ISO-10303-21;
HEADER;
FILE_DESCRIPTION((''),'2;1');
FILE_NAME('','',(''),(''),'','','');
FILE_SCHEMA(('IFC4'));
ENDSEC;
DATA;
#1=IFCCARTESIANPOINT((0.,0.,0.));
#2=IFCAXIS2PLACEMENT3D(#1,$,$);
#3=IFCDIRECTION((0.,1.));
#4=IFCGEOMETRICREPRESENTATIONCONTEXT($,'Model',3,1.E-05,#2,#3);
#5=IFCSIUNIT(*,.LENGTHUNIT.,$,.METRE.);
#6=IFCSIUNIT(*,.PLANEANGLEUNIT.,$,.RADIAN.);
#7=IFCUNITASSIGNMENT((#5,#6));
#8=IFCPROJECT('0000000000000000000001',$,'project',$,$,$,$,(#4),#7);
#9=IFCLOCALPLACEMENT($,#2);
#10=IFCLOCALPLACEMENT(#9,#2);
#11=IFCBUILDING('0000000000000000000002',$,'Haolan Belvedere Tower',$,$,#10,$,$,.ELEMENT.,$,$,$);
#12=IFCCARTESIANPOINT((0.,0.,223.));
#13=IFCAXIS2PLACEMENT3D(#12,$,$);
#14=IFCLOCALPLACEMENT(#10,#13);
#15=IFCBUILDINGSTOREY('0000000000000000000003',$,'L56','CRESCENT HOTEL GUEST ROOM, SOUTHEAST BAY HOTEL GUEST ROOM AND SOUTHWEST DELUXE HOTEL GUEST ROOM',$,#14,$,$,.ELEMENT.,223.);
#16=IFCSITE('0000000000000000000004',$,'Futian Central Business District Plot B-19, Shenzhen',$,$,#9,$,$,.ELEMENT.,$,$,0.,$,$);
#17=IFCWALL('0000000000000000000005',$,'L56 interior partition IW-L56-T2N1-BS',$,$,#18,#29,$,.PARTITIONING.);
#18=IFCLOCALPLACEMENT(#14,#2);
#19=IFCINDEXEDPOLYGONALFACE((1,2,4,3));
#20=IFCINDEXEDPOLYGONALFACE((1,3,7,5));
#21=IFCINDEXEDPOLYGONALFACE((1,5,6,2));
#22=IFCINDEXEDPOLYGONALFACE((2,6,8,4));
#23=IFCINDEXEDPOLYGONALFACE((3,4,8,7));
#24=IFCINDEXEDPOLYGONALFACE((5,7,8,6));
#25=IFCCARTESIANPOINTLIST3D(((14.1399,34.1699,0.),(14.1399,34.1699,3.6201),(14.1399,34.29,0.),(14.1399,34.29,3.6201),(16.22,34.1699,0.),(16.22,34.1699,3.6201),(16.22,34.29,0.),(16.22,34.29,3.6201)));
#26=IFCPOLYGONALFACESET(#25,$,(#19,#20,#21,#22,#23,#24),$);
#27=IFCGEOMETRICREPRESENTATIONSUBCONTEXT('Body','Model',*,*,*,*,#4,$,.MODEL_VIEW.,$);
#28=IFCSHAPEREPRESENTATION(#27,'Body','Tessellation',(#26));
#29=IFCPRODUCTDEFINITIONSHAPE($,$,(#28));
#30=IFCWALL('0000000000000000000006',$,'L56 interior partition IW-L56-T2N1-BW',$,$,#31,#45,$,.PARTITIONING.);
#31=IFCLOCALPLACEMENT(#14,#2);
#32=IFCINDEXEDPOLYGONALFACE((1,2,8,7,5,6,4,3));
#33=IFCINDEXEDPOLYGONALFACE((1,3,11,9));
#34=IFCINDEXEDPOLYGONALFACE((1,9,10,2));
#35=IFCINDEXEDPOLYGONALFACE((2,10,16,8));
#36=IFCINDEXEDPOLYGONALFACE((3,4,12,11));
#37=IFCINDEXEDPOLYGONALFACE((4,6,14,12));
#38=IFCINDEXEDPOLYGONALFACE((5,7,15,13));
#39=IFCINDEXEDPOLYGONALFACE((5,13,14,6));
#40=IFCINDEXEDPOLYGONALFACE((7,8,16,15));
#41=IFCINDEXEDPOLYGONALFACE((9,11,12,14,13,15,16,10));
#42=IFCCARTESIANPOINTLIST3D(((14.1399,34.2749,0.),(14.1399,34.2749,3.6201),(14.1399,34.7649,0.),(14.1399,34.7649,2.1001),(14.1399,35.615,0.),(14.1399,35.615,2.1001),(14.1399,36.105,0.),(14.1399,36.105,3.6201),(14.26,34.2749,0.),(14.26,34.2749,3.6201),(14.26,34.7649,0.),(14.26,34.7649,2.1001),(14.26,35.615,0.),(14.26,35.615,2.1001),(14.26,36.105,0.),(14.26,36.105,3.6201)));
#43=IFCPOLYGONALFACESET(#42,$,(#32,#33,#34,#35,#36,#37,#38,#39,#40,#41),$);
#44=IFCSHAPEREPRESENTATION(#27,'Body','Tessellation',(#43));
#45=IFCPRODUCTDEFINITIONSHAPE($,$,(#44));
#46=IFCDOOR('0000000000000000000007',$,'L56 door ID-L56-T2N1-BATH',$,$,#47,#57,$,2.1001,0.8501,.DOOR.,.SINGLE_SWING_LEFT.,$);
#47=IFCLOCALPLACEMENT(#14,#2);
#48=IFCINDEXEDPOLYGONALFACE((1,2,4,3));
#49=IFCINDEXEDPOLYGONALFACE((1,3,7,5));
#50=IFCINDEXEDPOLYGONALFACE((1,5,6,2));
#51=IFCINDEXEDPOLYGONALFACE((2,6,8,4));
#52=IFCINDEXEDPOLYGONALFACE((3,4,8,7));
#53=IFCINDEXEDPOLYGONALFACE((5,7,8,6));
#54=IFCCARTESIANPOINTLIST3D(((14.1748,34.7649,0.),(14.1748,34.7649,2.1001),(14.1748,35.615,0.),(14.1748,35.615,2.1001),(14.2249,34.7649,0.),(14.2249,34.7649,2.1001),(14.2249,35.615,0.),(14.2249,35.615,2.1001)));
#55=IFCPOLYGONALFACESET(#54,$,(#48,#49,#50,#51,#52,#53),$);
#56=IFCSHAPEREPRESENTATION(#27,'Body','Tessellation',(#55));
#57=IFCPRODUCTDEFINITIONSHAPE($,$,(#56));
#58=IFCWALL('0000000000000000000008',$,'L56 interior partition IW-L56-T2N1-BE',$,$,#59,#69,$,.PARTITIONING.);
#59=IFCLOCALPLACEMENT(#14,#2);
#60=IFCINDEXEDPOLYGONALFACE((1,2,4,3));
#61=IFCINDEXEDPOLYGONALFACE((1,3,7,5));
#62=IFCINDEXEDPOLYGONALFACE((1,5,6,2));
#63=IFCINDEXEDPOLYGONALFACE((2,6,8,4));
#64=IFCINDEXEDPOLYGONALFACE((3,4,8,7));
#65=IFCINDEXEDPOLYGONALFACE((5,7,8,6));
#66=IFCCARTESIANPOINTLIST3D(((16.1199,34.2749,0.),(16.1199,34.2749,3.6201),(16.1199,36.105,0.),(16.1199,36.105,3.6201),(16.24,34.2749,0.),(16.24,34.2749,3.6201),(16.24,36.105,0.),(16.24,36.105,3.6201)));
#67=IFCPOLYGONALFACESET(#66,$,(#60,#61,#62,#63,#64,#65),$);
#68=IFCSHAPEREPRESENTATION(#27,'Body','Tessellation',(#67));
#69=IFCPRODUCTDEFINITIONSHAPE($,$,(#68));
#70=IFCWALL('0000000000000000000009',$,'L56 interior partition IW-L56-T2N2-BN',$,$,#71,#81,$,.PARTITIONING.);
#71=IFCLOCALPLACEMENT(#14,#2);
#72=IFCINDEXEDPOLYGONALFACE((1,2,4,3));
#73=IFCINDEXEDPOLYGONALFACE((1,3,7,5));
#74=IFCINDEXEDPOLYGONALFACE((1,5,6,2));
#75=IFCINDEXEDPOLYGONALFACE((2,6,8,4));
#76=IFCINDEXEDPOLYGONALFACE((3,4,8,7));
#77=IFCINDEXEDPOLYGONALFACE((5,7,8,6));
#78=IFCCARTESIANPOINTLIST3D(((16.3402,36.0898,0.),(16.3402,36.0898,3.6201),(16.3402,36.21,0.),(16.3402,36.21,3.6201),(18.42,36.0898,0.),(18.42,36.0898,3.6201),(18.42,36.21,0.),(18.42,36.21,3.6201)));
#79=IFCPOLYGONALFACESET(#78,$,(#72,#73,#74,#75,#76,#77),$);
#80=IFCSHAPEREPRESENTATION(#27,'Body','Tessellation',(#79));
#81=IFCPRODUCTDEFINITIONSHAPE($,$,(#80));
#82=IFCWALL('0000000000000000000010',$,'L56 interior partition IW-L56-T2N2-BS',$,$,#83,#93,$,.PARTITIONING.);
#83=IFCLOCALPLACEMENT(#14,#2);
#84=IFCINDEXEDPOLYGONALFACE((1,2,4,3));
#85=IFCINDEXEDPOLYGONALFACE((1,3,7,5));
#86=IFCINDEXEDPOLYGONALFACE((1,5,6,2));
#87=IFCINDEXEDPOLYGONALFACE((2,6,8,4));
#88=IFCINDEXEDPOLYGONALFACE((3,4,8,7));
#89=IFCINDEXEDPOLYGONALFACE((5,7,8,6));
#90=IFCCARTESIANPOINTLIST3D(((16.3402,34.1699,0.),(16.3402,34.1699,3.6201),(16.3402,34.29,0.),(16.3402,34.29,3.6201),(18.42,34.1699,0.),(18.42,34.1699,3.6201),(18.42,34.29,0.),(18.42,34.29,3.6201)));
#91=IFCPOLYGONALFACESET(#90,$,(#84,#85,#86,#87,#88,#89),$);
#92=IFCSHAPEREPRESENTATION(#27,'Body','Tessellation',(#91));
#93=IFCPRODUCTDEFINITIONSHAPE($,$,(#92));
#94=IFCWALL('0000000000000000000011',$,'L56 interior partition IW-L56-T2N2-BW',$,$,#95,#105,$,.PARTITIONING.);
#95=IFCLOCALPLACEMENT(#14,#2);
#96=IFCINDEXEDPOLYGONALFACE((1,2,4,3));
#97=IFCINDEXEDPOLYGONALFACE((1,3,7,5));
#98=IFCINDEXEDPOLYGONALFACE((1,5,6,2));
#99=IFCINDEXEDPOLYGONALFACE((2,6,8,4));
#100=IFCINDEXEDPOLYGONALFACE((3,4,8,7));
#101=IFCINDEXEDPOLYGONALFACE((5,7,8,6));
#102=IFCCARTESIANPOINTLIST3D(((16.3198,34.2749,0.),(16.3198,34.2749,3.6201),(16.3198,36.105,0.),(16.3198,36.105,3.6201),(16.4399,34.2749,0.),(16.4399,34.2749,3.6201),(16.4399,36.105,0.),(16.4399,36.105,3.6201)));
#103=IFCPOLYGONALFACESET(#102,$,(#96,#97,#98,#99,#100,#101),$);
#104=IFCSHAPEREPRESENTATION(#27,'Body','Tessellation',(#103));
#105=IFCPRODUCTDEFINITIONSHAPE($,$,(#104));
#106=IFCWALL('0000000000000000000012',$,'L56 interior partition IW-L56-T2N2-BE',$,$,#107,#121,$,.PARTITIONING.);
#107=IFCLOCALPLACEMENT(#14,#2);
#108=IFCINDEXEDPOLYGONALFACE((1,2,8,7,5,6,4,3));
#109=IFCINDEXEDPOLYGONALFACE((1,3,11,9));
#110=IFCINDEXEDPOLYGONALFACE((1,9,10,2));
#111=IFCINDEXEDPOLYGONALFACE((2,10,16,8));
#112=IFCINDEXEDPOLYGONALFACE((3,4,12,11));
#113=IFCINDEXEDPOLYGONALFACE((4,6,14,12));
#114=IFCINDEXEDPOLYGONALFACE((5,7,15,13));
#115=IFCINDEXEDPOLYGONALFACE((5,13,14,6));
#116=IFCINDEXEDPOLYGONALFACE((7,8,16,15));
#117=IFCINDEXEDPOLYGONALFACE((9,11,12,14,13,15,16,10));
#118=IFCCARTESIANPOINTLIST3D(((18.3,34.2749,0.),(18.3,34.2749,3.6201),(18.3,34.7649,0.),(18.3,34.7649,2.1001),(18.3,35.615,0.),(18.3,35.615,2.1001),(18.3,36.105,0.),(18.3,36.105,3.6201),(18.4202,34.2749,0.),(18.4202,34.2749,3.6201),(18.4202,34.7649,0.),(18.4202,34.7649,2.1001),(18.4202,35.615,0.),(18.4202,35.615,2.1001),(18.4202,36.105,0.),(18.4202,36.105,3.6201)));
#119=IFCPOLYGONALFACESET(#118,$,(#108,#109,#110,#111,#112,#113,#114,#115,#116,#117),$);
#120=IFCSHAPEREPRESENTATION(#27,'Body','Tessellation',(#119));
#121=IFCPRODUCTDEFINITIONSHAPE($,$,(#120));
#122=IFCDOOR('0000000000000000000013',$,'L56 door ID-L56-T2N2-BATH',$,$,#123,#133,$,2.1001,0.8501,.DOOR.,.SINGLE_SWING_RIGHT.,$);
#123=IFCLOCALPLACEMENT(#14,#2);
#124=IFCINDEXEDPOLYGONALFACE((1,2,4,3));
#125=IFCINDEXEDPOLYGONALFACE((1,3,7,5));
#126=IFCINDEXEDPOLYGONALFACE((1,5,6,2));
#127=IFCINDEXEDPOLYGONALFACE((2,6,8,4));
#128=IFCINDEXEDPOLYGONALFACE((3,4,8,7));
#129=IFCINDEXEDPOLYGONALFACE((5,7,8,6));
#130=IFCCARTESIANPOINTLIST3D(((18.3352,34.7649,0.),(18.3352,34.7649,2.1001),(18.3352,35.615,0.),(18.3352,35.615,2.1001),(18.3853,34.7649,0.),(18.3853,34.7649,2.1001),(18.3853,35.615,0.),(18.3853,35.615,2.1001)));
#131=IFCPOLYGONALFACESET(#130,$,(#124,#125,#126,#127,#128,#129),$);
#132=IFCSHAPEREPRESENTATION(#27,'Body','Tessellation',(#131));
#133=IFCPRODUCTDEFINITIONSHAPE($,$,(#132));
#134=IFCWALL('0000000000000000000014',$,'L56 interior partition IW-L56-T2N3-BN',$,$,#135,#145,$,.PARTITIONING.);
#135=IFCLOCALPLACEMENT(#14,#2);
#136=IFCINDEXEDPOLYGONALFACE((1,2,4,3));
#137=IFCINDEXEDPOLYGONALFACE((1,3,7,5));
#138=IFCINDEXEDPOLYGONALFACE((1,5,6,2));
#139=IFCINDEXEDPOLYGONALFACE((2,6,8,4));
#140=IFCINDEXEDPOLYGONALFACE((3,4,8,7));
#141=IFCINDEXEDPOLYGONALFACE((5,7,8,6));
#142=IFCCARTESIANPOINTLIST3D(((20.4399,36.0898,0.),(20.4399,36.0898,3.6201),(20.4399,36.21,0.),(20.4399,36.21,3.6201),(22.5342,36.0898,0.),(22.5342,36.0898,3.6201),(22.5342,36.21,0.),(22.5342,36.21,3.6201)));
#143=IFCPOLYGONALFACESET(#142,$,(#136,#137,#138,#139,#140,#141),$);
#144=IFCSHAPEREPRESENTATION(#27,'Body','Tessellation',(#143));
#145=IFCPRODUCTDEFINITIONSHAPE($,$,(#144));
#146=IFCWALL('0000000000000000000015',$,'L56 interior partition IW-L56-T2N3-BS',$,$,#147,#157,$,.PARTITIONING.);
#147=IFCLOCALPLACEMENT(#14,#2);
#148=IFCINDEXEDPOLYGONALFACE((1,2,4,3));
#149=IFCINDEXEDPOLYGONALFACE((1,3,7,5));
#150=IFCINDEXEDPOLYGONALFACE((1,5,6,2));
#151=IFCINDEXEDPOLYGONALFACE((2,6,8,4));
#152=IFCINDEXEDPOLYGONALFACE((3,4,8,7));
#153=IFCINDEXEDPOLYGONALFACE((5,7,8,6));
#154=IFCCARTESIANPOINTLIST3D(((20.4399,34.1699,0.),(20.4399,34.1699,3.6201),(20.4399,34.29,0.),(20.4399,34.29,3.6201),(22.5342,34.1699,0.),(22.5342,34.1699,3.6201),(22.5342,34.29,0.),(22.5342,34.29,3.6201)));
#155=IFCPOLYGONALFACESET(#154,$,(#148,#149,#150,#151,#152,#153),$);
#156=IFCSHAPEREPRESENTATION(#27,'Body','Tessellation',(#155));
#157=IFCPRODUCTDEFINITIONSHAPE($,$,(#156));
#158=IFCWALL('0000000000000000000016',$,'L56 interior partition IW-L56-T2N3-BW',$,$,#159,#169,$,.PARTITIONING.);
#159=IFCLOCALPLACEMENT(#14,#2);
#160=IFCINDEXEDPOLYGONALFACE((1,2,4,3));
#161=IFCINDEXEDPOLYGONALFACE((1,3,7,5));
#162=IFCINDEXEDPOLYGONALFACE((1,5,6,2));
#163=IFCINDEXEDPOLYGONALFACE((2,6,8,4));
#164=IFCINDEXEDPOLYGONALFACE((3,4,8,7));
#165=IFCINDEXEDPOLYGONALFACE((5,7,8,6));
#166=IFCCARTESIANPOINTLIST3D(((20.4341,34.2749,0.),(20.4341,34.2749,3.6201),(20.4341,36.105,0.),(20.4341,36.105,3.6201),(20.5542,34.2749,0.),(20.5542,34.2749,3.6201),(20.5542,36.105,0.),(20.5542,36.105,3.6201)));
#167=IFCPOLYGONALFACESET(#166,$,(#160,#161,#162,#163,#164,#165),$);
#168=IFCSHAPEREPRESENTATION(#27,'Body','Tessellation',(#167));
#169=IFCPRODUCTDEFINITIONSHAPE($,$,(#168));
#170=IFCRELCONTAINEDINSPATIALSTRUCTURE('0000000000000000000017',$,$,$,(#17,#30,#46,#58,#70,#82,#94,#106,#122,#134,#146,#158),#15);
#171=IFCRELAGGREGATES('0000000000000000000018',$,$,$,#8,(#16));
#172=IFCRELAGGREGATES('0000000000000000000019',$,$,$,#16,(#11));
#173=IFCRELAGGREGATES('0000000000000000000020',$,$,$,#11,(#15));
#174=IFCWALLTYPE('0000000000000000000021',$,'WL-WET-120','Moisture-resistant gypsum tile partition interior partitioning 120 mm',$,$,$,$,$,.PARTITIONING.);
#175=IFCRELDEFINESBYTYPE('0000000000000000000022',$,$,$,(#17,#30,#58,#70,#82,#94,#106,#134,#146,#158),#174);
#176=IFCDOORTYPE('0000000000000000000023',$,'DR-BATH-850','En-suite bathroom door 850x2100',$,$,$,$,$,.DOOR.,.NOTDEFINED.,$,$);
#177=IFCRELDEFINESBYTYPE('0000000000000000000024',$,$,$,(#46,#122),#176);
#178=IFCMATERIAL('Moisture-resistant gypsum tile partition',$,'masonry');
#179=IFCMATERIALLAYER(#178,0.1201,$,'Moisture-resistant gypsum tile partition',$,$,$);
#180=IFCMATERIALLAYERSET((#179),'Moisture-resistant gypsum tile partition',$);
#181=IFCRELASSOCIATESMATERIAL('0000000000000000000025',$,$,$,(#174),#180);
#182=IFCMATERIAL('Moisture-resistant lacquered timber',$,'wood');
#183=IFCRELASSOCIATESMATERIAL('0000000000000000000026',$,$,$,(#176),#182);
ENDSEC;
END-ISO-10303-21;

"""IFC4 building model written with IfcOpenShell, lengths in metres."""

from ifc_helpers import new_model, si_unit, direction, frame, frame_2d, origin, place, context, subcontext, project, spatial, rectangle, extrude, material, layer, layer_set, type_object, element, fill, save


model = new_model("IFC4")

# Units and contexts
model_context = context("Model", 3, precision=1e-05, world=origin(), true_north=direction((0.0, 1.0)))
body_context = subcontext(model_context, "Body", "Model", "MODEL_VIEW")
ifc_project = project(units=[si_unit("LENGTHUNIT", "METRE"), si_unit("PLANEANGLEUNIT", "RADIAN")], contexts=[model_context])

# Site, building, storey
site_placement = place(None, origin())
site = spatial("IfcSite", under=ifc_project, at=site_placement, Name="Futian Central Business District Plot B-19, Shenzhen", CompositionType="ELEMENT", RefElevation=0.0)
building_placement = place(site_placement, origin())
building = spatial("IfcBuilding", under=site, at=building_placement, Name="Haolan Belvedere Tower", CompositionType="ELEMENT")
storey_placement = place(building_placement, frame((0.0, 0.0, 223.0)))
storey = spatial("IfcBuildingStorey", under=building, at=storey_placement, Name="L56", Description="CRESCENT HOTEL GUEST ROOM, SOUTHEAST BAY HOTEL GUEST ROOM AND SOUTHWEST DELUXE HOTEL GUEST ROOM", CompositionType="ELEMENT", Elevation=223.0)

# Wall
ifc_material_1 = material(Name="Moisture-resistant gypsum tile partition", Category="masonry")
ifc_layer_1 = layer(ifc_material_1, 0.1201, Name="Moisture-resistant gypsum tile partition")
ifc_layer_set_1 = layer_set([ifc_layer_1], Name="Moisture-resistant gypsum tile partition")
wall_type_1 = type_object("IfcWallType", Name="WL-WET-120", Description="Moisture-resistant gypsum tile partition interior partitioning 120 mm", PredefinedType="PARTITIONING", material=ifc_layer_set_1)
for number, where, z_axis, x_axis, name in (
    (1, (14.1399, 34.23, 0.0), (0.0, 0.0, 1.0), (1.0, 0.0, 0.0), "L56 interior partition IW-L56-T2N1-BS"),
):
    element("IfcWall", number, at=place(storey_placement, frame(where, z_axis=z_axis, x_axis=x_axis)), inside=storey, type_object=wall_type_1, Name=name, PredefinedType="PARTITIONING", context=body_context, shape_type="SweptSolid", body=[
        extrude(rectangle(XDim=2.0801, YDim=0.1201, at=frame_2d((1.04, 0.0))), origin(), (0.0, 0.0, 1.0), 3.6201),
    ])

# Wall, opening, door
wall_1_placement = place(storey_placement, frame((14.2, 34.2749, 0.0), z_axis=(0.0, 0.0, 1.0), x_axis=(0.0, 1.0, 0.0)))
wall_1 = element("IfcWall", 2, at=wall_1_placement, inside=storey, type_object=wall_type_1, Name="L56 interior partition IW-L56-T2N1-BW", PredefinedType="PARTITIONING", context=body_context, shape_type="SweptSolid", body=[
    extrude(rectangle(XDim=1.8301, YDim=0.1201, at=frame_2d((0.915, 0.0))), origin(), (0.0, 0.0, 1.0), 3.6201),
])
opening_1_placement = place(wall_1_placement, frame((1.3401, 0.0, 0.0), z_axis=(0.0, 0.0, 1.0), x_axis=(-1.0, 0.0, 0.0)))
opening_1 = element("IfcOpeningElement", 3, at=opening_1_placement, cuts=wall_1, PredefinedType="OPENING", context=body_context, shape_type="SweptSolid", body=[
    extrude(rectangle(XDim=0.8501, YDim=2.1001, at=frame_2d((0.425, 1.05))), frame((0.0, 0.0701, 0.0), z_axis=(0.0, -1.0, 0.0), x_axis=(1.0, 0.0, 0.0)), (0.0, 0.0, 1.0), 0.1401),
])
ifc_material_2 = material(Name="Moisture-resistant lacquered timber", Category="wood")
door_type = type_object("IfcDoorType", Name="DR-BATH-850", Description="En-suite bathroom door 850x2100", OperationType="NOTDEFINED", PredefinedType="DOOR", material=ifc_material_2)
door_1_placement = place(opening_1_placement, origin())
door_1 = element("IfcDoor", 4, at=door_1_placement, inside=storey, type_object=door_type, Name="L56 door ID-L56-T2N1-BATH", OperationType="SINGLE_SWING_LEFT", OverallHeight=2.1001, OverallWidth=0.8501, PredefinedType="DOOR", context=body_context, shape_type="SweptSolid", body=[
    extrude(rectangle(XDim=0.8501, YDim=2.1001, at=frame_2d((0.425, 1.05))), frame((0.0, 0.0249, 0.0), z_axis=(0.0, -1.0, 0.0), x_axis=(1.0, 0.0, 0.0)), (0.0, 0.0, 1.0), 0.05),
])
fill(opening_1, door_1)

# Walls
wall_2_placement = place(storey_placement, frame((16.1799, 34.2749, 0.0), z_axis=(0.0, 0.0, 1.0), x_axis=(0.0, 1.0, 0.0)))
element("IfcWall", 5, at=wall_2_placement, inside=storey, type_object=wall_type_1, Name="L56 interior partition IW-L56-T2N1-BE", PredefinedType="PARTITIONING", context=body_context, shape_type="SweptSolid", body=[
    extrude(rectangle(XDim=1.8301, YDim=0.1201, at=frame_2d((0.915, 0.0))), origin(), (0.0, 0.0, 1.0), 3.6201),
])
for number, where, z_axis, x_axis, name in (
    (6, (16.3401, 36.1499, 0.0), (0.0, 0.0, 1.0), (1.0, 0.0, 0.0), "L56 interior partition IW-L56-T2N2-BN"),
    (7, (16.3401, 34.23, 0.0), (0.0, 0.0, 1.0), (1.0, 0.0, 0.0), "L56 interior partition IW-L56-T2N2-BS"),
):
    element("IfcWall", number, at=place(storey_placement, frame(where, z_axis=z_axis, x_axis=x_axis)), inside=storey, type_object=wall_type_1, Name=name, PredefinedType="PARTITIONING", context=body_context, shape_type="SweptSolid", body=[
        extrude(rectangle(XDim=2.0798, YDim=0.1201, at=frame_2d((1.04, 0.0))), origin(), (0.0, 0.0, 1.0), 3.6201),
    ])
wall_3_placement = place(storey_placement, frame((16.3799, 34.2749, 0.0), z_axis=(0.0, 0.0, 1.0), x_axis=(0.0, 1.0, 0.0)))
element("IfcWall", 8, at=wall_3_placement, inside=storey, type_object=wall_type_1, Name="L56 interior partition IW-L56-T2N2-BW", PredefinedType="PARTITIONING", context=body_context, shape_type="SweptSolid", body=[
    extrude(rectangle(XDim=1.8301, YDim=0.1201, at=frame_2d((0.915, 0.0))), origin(), (0.0, 0.0, 1.0), 3.6201),
])

# Wall, opening, door
wall_4_placement = place(storey_placement, frame((18.3601, 34.2749, 0.0), z_axis=(0.0, 0.0, 1.0), x_axis=(0.0, 1.0, 0.0)))
wall_4 = element("IfcWall", 9, at=wall_4_placement, inside=storey, type_object=wall_type_1, Name="L56 interior partition IW-L56-T2N2-BE", PredefinedType="PARTITIONING", context=body_context, shape_type="SweptSolid", body=[
    extrude(rectangle(XDim=1.8301, YDim=0.1201, at=frame_2d((0.915, 0.0))), origin(), (0.0, 0.0, 1.0), 3.6201),
])
opening_2_placement = place(wall_4_placement, frame((0.49, 0.0, 0.0)))
opening_2 = element("IfcOpeningElement", 10, at=opening_2_placement, cuts=wall_4, PredefinedType="OPENING", context=body_context, shape_type="SweptSolid", body=[
    extrude(rectangle(XDim=0.8501, YDim=2.1001, at=frame_2d((0.425, 1.05))), frame((0.0, 0.0701, 0.0), z_axis=(0.0, -1.0, 0.0), x_axis=(1.0, 0.0, 0.0)), (0.0, 0.0, 1.0), 0.1401),
])
door_2_placement = place(opening_2_placement, origin())
door_2 = element("IfcDoor", 11, at=door_2_placement, inside=storey, type_object=door_type, Name="L56 door ID-L56-T2N2-BATH", OperationType="SINGLE_SWING_RIGHT", OverallHeight=2.1001, OverallWidth=0.8501, PredefinedType="DOOR", context=body_context, shape_type="SweptSolid", body=[
    extrude(rectangle(XDim=0.8501, YDim=2.1001, at=frame_2d((0.425, 1.05))), frame((0.0, 0.0249, 0.0), z_axis=(0.0, -1.0, 0.0), x_axis=(1.0, 0.0, 0.0)), (0.0, 0.0, 1.0), 0.05),
])
fill(opening_2, door_2)

# Walls
for number, where, z_axis, x_axis, name in (
    (12, (20.4399, 36.1499, 0.0), (0.0, 0.0, 1.0), (1.0, 0.0, 0.0), "L56 interior partition IW-L56-T2N3-BN"),
    (13, (20.4399, 34.23, 0.0), (0.0, 0.0, 1.0), (1.0, 0.0, 0.0), "L56 interior partition IW-L56-T2N3-BS"),
):
    element("IfcWall", number, at=place(storey_placement, frame(where, z_axis=z_axis, x_axis=x_axis)), inside=storey, type_object=wall_type_1, Name=name, PredefinedType="PARTITIONING", context=body_context, shape_type="SweptSolid", body=[
        extrude(rectangle(XDim=2.0942, YDim=0.1201, at=frame_2d((1.0471, 0.0))), origin(), (0.0, 0.0, 1.0), 3.6201),
    ])
wall_5_placement = place(storey_placement, frame((20.4941, 34.2749, 0.0), z_axis=(0.0, 0.0, 1.0), x_axis=(0.0, 1.0, 0.0)))
element("IfcWall", 14, at=wall_5_placement, inside=storey, type_object=wall_type_1, Name="L56 interior partition IW-L56-T2N3-BW", PredefinedType="PARTITIONING", context=body_context, shape_type="SweptSolid", body=[
    extrude(rectangle(XDim=1.8301, YDim=0.1201, at=frame_2d((0.915, 0.0))), origin(), (0.0, 0.0, 1.0), 3.6201),
])

save(model, "model.ifc")
